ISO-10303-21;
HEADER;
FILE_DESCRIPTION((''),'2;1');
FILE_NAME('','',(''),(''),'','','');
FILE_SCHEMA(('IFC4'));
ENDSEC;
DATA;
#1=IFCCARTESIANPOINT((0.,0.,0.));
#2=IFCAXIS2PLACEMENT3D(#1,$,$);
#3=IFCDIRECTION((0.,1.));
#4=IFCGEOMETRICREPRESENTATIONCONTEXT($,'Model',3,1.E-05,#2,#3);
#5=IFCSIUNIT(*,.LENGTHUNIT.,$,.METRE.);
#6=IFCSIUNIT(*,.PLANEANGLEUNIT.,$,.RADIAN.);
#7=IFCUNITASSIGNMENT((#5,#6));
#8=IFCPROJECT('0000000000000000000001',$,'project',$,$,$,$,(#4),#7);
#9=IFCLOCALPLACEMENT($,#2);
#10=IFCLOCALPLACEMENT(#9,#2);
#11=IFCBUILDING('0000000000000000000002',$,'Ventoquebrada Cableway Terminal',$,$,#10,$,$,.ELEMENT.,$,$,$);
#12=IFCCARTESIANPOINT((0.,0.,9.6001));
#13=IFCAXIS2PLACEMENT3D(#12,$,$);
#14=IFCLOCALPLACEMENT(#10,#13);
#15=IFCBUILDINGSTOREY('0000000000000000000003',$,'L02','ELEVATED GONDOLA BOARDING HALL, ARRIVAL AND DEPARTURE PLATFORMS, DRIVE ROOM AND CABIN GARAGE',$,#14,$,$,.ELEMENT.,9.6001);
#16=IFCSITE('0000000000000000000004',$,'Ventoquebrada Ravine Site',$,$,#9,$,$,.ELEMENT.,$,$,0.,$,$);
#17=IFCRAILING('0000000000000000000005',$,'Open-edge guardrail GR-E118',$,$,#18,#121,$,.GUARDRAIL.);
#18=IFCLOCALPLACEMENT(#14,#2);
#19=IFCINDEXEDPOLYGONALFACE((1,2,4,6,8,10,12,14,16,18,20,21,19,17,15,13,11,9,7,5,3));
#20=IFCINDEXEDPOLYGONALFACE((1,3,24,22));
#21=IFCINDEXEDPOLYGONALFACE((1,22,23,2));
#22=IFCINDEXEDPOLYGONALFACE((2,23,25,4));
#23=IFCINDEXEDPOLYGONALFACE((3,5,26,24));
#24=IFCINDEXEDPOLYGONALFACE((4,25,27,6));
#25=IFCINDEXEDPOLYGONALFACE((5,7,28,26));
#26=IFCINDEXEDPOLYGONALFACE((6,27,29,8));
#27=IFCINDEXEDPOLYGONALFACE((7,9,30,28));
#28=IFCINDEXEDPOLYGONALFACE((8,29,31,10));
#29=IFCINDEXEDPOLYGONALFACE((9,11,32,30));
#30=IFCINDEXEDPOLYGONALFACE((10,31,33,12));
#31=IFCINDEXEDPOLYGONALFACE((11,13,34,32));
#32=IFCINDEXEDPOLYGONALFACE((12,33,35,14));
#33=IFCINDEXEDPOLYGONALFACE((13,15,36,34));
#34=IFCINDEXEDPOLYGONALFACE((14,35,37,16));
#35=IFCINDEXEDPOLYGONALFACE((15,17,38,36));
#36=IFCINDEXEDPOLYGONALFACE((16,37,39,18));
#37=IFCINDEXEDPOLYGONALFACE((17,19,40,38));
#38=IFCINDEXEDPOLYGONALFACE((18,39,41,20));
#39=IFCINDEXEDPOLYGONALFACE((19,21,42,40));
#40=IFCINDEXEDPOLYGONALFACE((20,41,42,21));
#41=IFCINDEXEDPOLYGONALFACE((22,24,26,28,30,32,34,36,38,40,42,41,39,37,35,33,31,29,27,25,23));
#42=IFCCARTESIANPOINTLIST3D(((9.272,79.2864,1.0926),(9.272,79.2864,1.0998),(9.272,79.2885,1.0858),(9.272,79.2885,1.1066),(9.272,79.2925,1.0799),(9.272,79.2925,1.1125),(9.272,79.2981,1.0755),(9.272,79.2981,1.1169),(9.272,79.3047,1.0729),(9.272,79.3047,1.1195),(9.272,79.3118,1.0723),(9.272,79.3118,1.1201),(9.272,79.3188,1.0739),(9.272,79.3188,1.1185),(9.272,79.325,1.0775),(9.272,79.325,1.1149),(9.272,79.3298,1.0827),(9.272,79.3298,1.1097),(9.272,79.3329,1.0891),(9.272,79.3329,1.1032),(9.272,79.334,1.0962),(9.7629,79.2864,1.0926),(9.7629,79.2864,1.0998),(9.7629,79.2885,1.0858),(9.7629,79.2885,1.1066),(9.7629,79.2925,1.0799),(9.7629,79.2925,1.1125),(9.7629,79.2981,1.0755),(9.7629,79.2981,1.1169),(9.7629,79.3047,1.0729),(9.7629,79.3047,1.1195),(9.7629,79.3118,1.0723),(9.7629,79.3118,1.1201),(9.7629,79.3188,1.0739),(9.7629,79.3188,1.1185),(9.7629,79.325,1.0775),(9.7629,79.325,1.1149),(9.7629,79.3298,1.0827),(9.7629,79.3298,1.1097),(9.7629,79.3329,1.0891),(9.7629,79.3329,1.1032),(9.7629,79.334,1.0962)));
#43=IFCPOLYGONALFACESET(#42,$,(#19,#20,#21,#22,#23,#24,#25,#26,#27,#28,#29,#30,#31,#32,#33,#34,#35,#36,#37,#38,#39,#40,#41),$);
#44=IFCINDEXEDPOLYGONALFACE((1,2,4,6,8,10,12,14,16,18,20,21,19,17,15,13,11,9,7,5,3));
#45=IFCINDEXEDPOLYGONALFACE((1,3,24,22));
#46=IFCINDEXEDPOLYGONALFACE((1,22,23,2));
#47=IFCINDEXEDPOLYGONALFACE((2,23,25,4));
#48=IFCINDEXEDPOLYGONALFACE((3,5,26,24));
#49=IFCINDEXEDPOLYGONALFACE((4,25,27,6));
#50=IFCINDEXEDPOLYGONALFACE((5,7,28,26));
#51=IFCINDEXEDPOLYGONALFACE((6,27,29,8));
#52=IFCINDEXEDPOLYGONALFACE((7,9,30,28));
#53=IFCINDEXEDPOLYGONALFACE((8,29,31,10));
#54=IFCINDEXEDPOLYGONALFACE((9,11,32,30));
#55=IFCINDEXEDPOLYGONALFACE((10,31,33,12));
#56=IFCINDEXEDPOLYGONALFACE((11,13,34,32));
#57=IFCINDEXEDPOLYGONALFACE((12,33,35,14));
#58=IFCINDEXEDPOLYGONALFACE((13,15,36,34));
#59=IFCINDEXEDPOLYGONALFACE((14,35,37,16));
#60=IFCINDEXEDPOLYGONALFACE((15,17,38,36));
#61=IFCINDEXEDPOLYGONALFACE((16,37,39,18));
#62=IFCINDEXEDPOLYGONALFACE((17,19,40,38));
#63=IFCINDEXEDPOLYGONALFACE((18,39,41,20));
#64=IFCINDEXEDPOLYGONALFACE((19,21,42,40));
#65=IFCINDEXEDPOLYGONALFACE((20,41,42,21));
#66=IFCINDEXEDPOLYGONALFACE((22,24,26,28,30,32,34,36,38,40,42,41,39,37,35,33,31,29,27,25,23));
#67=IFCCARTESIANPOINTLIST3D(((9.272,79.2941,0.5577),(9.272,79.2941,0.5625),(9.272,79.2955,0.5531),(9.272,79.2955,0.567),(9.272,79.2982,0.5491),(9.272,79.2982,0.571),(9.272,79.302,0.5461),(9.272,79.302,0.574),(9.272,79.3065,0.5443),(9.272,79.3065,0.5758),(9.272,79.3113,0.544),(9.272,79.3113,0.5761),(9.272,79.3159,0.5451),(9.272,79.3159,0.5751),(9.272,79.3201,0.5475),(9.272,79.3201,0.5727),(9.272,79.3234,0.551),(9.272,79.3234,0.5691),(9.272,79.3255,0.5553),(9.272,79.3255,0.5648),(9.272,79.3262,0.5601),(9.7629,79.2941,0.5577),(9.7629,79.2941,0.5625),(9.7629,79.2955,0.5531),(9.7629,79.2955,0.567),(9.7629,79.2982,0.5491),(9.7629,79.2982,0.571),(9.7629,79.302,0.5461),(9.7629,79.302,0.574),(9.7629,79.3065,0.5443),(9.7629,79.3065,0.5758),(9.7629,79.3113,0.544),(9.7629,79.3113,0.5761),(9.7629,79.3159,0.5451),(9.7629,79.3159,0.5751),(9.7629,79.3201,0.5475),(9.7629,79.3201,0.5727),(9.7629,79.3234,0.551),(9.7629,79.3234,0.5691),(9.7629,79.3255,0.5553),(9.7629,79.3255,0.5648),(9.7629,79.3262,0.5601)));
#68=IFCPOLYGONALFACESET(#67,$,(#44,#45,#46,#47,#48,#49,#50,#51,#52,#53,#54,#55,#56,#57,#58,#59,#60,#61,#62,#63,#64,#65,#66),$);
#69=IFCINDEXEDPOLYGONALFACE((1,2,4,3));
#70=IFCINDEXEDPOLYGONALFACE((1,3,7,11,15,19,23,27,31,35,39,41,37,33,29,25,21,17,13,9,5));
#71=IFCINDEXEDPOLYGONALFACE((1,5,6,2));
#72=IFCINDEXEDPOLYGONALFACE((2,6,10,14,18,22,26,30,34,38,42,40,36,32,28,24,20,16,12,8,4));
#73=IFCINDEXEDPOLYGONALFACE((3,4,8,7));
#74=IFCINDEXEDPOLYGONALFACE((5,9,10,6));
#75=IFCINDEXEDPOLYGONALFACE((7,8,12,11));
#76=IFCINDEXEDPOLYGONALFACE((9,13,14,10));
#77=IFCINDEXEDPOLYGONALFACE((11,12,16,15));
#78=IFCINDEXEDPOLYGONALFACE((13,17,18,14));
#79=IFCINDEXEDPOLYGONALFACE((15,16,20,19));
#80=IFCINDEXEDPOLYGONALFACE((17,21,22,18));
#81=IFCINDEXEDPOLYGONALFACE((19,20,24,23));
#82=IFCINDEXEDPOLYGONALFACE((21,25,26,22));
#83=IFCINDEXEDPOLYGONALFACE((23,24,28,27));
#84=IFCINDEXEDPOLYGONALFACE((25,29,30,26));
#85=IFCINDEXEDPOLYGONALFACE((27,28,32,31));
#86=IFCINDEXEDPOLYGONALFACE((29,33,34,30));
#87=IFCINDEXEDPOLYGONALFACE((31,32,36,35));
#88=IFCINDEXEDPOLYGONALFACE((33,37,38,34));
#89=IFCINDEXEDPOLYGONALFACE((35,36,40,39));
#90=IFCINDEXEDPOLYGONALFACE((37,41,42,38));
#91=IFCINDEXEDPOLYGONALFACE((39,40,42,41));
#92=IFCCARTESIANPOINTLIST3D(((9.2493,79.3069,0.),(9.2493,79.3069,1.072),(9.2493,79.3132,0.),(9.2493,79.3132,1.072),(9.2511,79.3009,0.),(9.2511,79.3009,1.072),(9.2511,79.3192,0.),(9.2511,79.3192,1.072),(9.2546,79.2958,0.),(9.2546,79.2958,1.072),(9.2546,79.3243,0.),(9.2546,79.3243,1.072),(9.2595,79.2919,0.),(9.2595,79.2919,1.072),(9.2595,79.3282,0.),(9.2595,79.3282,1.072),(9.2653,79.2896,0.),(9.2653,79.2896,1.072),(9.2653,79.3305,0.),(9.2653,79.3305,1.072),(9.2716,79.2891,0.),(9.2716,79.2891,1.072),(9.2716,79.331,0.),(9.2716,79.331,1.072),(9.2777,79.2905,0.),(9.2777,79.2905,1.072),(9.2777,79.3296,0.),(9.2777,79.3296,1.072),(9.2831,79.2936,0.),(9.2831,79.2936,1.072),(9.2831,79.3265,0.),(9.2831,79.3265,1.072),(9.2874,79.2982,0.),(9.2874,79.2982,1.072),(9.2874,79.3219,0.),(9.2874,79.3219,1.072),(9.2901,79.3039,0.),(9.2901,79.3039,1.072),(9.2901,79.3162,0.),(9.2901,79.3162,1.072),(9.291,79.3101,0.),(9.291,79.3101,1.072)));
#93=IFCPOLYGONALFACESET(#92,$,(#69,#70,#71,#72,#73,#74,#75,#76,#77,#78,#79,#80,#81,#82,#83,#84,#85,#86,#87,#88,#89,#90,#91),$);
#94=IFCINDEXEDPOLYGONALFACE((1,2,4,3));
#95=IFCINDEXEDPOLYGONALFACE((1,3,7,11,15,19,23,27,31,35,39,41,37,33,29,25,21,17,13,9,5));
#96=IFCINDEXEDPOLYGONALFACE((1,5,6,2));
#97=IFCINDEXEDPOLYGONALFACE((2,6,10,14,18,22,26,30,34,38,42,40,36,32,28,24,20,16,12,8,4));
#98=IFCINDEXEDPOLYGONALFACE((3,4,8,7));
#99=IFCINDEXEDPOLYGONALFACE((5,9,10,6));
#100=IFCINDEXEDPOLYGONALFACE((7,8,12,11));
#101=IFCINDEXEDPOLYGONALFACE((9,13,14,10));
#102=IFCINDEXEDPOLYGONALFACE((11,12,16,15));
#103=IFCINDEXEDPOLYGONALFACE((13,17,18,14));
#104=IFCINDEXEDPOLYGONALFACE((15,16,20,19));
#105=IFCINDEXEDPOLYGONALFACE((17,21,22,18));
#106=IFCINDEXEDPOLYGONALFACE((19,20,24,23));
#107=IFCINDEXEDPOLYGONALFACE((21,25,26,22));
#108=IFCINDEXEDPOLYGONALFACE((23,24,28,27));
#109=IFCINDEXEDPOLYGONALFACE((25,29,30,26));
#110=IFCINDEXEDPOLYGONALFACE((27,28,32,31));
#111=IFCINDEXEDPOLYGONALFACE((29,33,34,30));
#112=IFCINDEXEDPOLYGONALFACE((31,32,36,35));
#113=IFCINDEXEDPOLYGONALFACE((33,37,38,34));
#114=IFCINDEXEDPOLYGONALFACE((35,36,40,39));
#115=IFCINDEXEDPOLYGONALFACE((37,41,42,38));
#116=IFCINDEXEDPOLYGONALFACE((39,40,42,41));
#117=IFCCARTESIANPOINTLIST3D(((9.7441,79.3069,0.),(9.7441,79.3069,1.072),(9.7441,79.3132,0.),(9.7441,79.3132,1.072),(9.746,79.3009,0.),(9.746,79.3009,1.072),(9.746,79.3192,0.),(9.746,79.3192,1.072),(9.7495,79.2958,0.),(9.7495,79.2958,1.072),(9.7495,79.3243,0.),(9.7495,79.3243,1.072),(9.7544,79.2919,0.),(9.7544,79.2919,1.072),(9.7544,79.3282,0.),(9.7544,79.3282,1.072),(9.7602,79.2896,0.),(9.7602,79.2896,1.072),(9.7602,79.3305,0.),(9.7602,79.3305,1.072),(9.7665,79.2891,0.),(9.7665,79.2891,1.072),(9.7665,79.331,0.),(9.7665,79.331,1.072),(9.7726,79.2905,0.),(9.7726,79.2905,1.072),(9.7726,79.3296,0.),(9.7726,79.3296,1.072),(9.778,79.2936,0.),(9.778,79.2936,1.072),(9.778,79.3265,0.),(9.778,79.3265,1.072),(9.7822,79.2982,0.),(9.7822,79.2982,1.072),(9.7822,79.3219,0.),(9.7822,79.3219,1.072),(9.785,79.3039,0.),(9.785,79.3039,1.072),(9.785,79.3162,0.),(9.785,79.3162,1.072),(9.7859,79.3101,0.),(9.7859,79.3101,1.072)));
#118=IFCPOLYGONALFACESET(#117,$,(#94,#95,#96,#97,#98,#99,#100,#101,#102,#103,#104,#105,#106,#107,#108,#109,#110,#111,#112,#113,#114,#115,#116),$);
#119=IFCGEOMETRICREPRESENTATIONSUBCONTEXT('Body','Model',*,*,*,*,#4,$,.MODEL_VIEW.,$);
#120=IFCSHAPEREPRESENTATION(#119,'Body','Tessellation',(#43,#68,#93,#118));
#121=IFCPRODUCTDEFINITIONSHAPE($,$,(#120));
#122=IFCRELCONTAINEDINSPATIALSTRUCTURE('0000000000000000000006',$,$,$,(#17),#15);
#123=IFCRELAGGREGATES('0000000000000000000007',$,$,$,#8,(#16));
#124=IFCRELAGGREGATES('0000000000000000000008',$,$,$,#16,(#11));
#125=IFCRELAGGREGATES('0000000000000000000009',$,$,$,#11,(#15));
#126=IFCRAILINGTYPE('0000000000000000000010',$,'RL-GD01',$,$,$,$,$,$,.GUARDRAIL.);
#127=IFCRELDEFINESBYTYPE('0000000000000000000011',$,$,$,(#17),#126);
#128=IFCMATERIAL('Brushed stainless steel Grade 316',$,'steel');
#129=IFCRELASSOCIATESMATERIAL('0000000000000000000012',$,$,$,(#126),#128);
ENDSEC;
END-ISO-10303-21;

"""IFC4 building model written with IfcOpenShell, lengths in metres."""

from ifc_helpers import new_model, si_unit, direction, frame, origin, origin_2d, place, context, subcontext, project, spatial, circle, extrude, material, type_object, element, save


model = new_model("IFC4")

# Units and contexts
model_context = context("Model", 3, precision=1e-05, world=origin(), true_north=direction((0.0, 1.0)))
body_context = subcontext(model_context, "Body", "Model", "MODEL_VIEW")
ifc_project = project(units=[si_unit("LENGTHUNIT", "METRE"), si_unit("PLANEANGLEUNIT", "RADIAN")], contexts=[model_context])

# Site, building, storey
site_placement = place(None, origin())
site = spatial("IfcSite", under=ifc_project, at=site_placement, Name="Ventoquebrada Ravine Site", CompositionType="ELEMENT", RefElevation=0.0)
building_placement = place(site_placement, origin())
building = spatial("IfcBuilding", under=site, at=building_placement, Name="Ventoquebrada Cableway Terminal", CompositionType="ELEMENT")
storey_placement = place(building_placement, frame((0.0, 0.0, 9.6001)))
storey = spatial("IfcBuildingStorey", under=building, at=storey_placement, Name="L02", Description="ELEVATED GONDOLA BOARDING HALL, ARRIVAL AND DEPARTURE PLATFORMS, DRIVE ROOM AND CABIN GARAGE", CompositionType="ELEMENT", Elevation=9.6001)

# Railing
ifc_material_1 = material(Name="Brushed stainless steel Grade 316", Category="steel")
railing_type_1 = type_object("IfcRailingType", Name="RL-GD01", PredefinedType="GUARDRAIL", material=ifc_material_1)
railing_1_placement = place(storey_placement, frame((9.27, 79.3101, 0.0)))
element("IfcRailing", 1, at=railing_1_placement, inside=storey, type_object=railing_type_1, Name="Open-edge guardrail GR-E118", PredefinedType="GUARDRAIL", context=body_context, shape_type="SweptSolid", body=[
    extrude(circle(Radius=0.0239, at=origin_2d()), frame((0.002, 0.0, 1.0962), z_axis=(1.0, 0.0, 0.0), x_axis=(0.0, 1.0, 0.0)), (0.0, 0.0, 1.0), 0.491),
    extrude(circle(Radius=0.0161, at=origin_2d()), frame((0.002, 0.0, 0.5601), z_axis=(1.0, 0.0, 0.0), x_axis=(0.0, 1.0, 0.0)), (0.0, 0.0, 1.0), 0.491),
    extrude(circle(Radius=0.021, at=origin_2d()), origin(), (0.0, 0.0, 1.0), 1.072),
    extrude(circle(Radius=0.021, at=origin_2d()), frame((0.4949, 0.0, 0.0)), (0.0, 0.0, 1.0), 1.072),
])

save(model, "model.ifc")
